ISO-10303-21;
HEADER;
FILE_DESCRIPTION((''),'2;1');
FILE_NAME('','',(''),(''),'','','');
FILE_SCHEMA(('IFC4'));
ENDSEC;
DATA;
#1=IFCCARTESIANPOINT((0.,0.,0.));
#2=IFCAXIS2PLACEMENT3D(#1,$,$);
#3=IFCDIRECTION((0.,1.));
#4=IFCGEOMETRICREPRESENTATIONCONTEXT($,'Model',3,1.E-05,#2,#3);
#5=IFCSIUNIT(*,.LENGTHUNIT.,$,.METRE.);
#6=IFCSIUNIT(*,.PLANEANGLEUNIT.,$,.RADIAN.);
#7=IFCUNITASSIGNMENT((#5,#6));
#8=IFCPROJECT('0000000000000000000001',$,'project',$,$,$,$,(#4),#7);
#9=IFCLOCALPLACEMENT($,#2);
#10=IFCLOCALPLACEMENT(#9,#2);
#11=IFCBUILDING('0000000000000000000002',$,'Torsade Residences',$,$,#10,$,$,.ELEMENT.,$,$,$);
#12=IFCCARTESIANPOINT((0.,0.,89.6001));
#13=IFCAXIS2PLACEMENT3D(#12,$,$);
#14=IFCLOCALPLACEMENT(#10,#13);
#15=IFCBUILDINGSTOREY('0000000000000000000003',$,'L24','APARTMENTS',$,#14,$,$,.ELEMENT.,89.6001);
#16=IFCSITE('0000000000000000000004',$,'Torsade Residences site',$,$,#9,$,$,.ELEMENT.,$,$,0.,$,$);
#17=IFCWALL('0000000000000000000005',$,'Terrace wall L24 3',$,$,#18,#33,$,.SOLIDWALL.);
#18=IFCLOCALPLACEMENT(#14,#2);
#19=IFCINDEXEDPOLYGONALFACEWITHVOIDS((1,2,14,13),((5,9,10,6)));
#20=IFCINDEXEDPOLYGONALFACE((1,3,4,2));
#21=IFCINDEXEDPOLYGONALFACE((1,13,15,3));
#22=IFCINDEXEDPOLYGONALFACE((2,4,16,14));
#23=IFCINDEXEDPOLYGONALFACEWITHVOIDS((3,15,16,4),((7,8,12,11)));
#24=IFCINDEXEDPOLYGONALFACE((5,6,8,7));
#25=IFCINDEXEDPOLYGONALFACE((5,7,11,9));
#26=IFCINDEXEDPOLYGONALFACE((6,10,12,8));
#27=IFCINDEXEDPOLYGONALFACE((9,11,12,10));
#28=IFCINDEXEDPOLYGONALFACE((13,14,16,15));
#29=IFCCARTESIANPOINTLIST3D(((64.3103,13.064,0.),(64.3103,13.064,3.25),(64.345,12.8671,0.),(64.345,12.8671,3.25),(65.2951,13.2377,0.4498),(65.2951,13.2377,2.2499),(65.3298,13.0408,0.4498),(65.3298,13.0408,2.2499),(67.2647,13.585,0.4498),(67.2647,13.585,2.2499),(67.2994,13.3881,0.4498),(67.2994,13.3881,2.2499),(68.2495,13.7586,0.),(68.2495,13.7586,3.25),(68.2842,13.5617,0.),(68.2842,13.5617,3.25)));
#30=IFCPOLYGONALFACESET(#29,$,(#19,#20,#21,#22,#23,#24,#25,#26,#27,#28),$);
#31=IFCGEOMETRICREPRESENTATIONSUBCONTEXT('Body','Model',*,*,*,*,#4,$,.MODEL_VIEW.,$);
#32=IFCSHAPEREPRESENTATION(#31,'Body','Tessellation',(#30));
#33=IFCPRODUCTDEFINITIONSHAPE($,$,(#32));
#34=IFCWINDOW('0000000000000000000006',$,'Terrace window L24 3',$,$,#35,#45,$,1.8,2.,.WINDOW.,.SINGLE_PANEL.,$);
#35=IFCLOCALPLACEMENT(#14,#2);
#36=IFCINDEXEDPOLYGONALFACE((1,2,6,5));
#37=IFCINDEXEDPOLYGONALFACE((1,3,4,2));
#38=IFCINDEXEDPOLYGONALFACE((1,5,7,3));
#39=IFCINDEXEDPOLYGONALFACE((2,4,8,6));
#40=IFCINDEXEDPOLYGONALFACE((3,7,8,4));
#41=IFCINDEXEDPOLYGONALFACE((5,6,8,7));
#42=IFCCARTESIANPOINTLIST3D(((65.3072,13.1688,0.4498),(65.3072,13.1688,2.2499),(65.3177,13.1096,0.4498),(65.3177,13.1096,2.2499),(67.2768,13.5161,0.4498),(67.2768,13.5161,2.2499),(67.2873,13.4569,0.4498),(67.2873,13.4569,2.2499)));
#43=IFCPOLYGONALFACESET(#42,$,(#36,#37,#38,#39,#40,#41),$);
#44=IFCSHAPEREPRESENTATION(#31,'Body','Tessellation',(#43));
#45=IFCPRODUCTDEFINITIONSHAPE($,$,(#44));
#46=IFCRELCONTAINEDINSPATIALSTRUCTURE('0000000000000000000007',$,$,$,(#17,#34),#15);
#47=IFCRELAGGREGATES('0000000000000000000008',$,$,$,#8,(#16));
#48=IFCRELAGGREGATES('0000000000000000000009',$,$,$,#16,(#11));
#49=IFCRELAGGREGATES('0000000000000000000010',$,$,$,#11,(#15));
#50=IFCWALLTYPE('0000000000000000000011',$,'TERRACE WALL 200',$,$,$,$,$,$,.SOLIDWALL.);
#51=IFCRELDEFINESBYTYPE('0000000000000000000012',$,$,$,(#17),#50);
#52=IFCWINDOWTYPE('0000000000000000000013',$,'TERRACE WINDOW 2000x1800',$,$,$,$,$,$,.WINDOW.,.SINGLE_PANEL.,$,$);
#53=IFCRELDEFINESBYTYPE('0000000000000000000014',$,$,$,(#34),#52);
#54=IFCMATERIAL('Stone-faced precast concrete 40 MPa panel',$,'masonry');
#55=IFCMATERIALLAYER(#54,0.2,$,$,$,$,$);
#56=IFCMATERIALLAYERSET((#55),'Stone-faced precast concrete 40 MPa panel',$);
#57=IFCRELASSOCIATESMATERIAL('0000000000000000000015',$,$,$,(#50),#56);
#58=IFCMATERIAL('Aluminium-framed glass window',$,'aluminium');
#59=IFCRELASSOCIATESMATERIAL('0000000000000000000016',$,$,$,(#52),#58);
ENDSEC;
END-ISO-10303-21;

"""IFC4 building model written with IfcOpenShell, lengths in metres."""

from ifc_helpers import new_model, si_unit, direction, frame, frame_2d, origin, place, context, subcontext, project, spatial, rectangle, extrude, material, layer, layer_set, type_object, element, fill, save


model = new_model("IFC4")

# Units and contexts
model_context = context("Model", 3, precision=1e-05, world=origin(), true_north=direction((0.0, 1.0)))
body_context = subcontext(model_context, "Body", "Model", "MODEL_VIEW")
ifc_project = project(units=[si_unit("LENGTHUNIT", "METRE"), si_unit("PLANEANGLEUNIT", "RADIAN")], contexts=[model_context])

# Site, building, storey
site_placement = place(None, origin())
site = spatial("IfcSite", under=ifc_project, at=site_placement, Name="Torsade Residences site", CompositionType="ELEMENT", RefElevation=0.0)
building_placement = place(site_placement, origin())
building = spatial("IfcBuilding", under=site, at=building_placement, Name="Torsade Residences", CompositionType="ELEMENT")
storey_placement = place(building_placement, frame((0.0, 0.0, 89.6001)))
storey = spatial("IfcBuildingStorey", under=building, at=storey_placement, Name="L24", Description="APARTMENTS", CompositionType="ELEMENT", Elevation=89.6001)

# Shared definitions
ifc_material_1 = material(Name="Stone-faced precast concrete 40 MPa panel", Category="masonry")
ifc_layer_1 = layer(ifc_material_1, 0.2)
ifc_layer_set_1 = layer_set([ifc_layer_1], Name="Stone-faced precast concrete 40 MPa panel")
wall_type = type_object("IfcWallType", Name="TERRACE WALL 200", PredefinedType="SOLIDWALL", material=ifc_layer_set_1)

# Wall, opening, window
wall_1_placement = place(storey_placement, frame((64.3276, 12.9656, 0.0), z_axis=(0.0, 0.0, 1.0), x_axis=(0.984808, 0.173646, 0.0)))
wall_1 = element("IfcWall", 1, at=wall_1_placement, inside=storey, type_object=wall_type, Name="Terrace wall L24 3", PredefinedType="SOLIDWALL", context=body_context, shape_type="SweptSolid", body=[
    extrude(rectangle(XDim=4.0, YDim=0.2, at=frame_2d((2.0, 0.0))), origin(), (0.0, 0.0, 1.0), 3.25),
])
opening_1_placement = place(wall_1_placement, frame((1.0, 0.0, 0.45)))
opening_1 = element("IfcOpeningElement", 2, at=opening_1_placement, cuts=wall_1, PredefinedType="OPENING", context=body_context, shape_type="SweptSolid", body=[
    extrude(rectangle(XDim=2.0, YDim=1.8, at=frame_2d((1.0, 0.8999))), frame((0.0, 0.1099, 0.0), z_axis=(0.0, -1.0, 0.0), x_axis=(1.0, 0.0, 0.0)), (0.0, 0.0, 1.0), 0.22),
])
ifc_material_2 = material(Name="Aluminium-framed glass window", Category="aluminium")
window_type = type_object("IfcWindowType", Name="TERRACE WINDOW 2000x1800", PartitioningType="SINGLE_PANEL", PredefinedType="WINDOW", material=ifc_material_2)
window_placement = place(opening_1_placement, origin())
window = element("IfcWindow", 3, at=window_placement, inside=storey, type_object=window_type, Name="Terrace window L24 3", OverallHeight=1.8, OverallWidth=2.0, PartitioningType="SINGLE_PANEL", PredefinedType="WINDOW", context=body_context, shape_type="SweptSolid", body=[
    extrude(rectangle(XDim=2.0, YDim=1.8, at=frame_2d((1.0, 0.8999))), frame((0.0, 0.03, 0.0), z_axis=(0.0, -1.0, 0.0), x_axis=(1.0, 0.0, 0.0)), (0.0, 0.0, 1.0), 0.0601),
])
fill(opening_1, window)

save(model, "model.ifc")
